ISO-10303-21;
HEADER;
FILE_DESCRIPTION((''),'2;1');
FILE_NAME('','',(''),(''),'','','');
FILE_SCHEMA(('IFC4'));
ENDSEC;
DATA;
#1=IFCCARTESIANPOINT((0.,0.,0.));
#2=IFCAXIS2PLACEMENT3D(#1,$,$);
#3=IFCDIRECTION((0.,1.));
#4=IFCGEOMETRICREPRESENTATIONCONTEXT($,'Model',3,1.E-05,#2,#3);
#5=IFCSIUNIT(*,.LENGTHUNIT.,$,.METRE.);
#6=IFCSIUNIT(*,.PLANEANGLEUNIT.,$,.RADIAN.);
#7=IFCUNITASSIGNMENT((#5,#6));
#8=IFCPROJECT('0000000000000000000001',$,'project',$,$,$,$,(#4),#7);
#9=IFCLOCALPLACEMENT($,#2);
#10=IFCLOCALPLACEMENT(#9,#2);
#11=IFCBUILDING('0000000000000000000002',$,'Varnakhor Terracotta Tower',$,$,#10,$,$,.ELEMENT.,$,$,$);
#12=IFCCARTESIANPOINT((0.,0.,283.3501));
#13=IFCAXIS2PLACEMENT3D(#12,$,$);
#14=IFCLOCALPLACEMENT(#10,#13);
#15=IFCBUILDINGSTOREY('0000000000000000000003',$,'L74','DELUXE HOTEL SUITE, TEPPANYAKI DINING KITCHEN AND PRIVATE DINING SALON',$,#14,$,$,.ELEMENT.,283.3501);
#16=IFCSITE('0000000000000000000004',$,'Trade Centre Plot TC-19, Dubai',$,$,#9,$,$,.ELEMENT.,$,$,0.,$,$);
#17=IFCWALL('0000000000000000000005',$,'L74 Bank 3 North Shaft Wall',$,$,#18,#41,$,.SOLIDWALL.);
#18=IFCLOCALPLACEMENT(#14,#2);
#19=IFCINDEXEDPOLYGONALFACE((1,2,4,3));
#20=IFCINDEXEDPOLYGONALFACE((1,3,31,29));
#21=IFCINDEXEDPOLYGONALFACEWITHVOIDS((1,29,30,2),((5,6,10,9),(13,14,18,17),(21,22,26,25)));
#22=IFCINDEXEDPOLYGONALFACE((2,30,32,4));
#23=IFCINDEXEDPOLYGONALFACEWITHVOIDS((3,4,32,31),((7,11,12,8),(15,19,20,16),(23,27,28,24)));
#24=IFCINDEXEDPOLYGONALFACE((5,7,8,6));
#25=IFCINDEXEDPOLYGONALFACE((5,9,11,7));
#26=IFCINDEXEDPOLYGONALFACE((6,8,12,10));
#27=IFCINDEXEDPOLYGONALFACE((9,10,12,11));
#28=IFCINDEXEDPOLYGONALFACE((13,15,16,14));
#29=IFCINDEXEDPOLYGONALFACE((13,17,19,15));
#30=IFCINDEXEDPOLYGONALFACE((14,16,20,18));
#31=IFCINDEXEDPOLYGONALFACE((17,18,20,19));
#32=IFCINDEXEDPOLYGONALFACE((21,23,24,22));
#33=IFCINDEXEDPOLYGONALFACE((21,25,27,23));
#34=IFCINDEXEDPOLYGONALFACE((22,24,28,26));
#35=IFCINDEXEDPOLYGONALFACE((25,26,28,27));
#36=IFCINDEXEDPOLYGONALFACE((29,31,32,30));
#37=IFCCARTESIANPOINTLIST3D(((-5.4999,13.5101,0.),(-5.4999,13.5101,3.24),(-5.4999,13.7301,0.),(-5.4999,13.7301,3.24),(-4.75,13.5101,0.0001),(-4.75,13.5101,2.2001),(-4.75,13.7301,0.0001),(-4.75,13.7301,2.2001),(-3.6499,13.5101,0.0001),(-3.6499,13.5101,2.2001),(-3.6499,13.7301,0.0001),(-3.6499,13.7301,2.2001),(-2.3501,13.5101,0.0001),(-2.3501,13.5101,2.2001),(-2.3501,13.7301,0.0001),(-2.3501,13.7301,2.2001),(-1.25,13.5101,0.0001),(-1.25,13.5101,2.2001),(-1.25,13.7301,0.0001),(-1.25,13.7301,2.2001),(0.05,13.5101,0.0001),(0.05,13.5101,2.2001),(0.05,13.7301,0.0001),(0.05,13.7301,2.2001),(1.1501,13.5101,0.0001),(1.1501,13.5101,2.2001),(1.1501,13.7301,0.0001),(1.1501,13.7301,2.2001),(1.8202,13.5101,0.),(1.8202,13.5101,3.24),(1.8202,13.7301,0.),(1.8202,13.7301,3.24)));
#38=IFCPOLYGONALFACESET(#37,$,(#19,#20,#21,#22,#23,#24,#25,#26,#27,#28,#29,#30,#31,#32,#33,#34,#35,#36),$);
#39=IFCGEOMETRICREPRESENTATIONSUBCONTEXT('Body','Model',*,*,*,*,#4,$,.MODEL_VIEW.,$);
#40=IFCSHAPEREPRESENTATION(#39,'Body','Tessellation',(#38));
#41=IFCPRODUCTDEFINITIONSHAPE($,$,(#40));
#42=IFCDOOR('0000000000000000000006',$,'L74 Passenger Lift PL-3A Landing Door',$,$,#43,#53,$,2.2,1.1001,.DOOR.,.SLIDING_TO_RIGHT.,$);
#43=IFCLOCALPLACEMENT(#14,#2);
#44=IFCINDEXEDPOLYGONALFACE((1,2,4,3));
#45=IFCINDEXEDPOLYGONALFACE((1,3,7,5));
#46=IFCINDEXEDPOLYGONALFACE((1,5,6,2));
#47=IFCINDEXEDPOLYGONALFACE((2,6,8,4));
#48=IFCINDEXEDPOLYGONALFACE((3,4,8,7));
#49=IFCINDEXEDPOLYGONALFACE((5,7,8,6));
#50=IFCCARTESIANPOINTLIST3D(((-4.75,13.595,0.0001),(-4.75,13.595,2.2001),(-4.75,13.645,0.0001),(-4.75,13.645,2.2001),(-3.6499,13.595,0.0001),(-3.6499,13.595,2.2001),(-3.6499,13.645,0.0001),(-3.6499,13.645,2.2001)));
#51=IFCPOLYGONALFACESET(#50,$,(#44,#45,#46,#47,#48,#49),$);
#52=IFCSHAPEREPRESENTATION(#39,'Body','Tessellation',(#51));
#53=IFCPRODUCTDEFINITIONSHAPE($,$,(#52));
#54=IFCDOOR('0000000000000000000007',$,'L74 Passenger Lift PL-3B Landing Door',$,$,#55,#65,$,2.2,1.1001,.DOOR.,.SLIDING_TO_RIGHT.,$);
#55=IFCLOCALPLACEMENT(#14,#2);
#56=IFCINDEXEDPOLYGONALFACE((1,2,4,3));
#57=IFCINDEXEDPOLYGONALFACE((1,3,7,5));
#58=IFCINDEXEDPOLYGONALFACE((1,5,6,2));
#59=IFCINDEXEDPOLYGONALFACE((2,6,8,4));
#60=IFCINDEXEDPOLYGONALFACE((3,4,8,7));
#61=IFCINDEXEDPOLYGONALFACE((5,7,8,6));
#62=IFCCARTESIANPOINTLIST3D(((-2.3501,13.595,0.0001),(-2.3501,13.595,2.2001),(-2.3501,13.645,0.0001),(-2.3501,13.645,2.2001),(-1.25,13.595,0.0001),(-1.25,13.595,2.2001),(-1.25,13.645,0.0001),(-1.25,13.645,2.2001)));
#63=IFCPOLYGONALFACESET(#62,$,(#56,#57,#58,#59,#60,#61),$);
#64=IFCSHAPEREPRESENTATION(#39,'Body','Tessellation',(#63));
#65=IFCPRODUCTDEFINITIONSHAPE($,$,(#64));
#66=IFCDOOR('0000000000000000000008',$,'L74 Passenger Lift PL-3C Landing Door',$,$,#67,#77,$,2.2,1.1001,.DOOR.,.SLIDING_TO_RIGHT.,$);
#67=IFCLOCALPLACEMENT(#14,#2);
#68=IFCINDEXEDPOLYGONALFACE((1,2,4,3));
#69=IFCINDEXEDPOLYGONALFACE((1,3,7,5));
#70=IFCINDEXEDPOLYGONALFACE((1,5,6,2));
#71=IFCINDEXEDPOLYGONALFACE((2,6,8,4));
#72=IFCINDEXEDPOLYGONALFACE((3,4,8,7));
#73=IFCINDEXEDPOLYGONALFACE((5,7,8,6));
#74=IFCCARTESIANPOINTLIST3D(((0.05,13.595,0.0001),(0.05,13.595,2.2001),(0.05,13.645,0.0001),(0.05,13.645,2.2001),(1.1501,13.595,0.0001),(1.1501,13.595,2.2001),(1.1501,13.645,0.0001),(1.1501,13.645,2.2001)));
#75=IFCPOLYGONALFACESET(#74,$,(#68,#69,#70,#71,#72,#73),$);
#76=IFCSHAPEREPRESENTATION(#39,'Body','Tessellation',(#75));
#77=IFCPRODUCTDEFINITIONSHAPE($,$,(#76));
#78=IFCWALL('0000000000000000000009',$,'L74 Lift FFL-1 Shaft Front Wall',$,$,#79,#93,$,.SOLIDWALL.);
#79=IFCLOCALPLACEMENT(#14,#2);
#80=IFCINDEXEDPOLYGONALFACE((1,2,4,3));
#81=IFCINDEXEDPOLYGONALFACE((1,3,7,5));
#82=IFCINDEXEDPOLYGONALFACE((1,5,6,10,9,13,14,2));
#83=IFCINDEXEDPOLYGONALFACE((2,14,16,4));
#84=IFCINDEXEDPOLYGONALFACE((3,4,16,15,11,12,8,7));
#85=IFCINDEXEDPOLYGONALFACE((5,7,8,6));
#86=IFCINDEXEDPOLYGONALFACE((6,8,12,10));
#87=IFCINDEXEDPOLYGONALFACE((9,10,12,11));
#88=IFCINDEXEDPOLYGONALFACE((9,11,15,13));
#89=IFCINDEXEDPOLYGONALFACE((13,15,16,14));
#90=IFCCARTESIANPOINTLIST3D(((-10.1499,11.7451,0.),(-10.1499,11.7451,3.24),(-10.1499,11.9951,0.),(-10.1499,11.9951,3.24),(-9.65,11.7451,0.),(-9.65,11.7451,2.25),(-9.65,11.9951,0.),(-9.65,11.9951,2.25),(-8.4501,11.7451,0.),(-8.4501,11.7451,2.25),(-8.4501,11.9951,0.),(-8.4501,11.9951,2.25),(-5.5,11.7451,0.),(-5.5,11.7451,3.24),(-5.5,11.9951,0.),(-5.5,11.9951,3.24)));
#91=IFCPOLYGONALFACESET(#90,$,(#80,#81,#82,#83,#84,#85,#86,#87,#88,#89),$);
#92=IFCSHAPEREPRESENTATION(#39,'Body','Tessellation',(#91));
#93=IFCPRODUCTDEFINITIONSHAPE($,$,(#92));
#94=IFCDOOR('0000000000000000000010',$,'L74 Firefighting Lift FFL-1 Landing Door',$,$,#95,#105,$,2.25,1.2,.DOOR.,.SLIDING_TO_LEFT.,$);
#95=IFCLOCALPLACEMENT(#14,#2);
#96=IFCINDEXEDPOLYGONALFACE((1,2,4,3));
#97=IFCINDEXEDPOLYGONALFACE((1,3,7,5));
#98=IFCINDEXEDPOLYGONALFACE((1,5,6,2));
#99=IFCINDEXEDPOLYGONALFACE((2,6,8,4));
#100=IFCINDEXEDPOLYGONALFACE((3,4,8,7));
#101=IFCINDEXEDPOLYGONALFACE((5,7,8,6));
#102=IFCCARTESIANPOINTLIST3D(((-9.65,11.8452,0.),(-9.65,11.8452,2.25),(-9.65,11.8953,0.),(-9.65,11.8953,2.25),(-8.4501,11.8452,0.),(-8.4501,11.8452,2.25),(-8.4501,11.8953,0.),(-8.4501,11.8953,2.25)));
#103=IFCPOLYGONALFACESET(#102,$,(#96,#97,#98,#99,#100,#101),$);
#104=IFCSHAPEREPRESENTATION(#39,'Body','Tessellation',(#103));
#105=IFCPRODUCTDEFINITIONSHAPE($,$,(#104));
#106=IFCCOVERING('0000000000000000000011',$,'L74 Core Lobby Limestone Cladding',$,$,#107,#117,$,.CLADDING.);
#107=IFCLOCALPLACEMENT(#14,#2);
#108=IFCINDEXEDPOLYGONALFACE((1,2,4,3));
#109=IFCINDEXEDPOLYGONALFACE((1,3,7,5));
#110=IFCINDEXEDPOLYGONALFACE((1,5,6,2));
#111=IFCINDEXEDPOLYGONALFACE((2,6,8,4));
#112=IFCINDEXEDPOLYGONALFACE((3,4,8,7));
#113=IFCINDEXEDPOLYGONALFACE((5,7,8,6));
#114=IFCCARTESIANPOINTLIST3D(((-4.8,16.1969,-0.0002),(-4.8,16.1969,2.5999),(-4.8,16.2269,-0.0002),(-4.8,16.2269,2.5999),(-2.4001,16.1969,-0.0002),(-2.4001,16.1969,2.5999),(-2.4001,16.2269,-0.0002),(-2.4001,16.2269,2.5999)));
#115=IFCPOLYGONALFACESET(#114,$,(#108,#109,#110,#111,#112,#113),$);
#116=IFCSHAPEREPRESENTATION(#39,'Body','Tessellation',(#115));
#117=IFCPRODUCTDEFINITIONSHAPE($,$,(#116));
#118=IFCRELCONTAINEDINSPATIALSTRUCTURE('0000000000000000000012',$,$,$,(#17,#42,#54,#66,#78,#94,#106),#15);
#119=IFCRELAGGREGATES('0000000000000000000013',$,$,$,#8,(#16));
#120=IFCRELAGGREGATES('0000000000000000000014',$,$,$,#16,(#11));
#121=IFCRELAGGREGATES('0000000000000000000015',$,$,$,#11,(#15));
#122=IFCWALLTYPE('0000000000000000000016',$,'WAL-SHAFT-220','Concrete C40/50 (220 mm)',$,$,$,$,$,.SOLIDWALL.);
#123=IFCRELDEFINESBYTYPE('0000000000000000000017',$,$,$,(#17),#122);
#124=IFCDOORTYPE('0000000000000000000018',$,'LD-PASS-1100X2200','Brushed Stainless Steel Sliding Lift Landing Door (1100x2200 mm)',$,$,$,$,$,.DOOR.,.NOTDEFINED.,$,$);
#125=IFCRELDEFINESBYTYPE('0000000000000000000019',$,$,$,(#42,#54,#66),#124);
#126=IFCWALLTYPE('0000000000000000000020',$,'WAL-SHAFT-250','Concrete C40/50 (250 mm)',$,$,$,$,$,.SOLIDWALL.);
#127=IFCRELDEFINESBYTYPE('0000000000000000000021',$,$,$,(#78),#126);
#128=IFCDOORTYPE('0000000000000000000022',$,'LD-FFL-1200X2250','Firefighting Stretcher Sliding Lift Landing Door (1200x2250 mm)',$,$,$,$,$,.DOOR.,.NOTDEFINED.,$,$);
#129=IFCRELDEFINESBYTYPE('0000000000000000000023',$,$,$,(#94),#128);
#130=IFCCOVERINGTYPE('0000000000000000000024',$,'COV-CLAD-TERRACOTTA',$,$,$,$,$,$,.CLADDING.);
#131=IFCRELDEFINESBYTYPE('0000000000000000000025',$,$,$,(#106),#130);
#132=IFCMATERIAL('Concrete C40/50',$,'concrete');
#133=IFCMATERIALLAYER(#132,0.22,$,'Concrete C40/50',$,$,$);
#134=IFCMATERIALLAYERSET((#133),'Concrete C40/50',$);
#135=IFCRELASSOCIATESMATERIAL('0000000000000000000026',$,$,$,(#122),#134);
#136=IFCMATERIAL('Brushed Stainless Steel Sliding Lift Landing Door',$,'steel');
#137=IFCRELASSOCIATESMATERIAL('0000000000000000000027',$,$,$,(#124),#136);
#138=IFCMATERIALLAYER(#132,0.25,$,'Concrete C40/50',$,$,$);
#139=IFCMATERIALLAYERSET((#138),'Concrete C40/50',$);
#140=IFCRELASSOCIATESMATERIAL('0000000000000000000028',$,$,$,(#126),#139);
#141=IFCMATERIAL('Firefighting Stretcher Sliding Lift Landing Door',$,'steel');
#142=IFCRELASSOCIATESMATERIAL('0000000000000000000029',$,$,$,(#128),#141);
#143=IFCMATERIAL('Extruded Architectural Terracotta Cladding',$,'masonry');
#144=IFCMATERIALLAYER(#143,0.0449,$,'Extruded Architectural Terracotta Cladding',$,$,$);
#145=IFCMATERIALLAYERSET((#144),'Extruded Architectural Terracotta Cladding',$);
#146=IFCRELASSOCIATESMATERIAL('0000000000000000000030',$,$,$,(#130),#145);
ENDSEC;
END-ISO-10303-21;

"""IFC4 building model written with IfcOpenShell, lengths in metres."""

from ifc_helpers import new_model, si_unit, direction, frame, frame_2d, origin, origin_2d, place, context, subcontext, project, spatial, rectangle, extrude, source, transform, mapped, material, layer, layer_set, type_object, type_shapes, element, fill, save


model = new_model("IFC4")

# Units and contexts
model_context = context("Model", 3, precision=1e-05, world=origin(), true_north=direction((0.0, 1.0)))
body_context = subcontext(model_context, "Body", "Model", "MODEL_VIEW")
ifc_project = project(units=[si_unit("LENGTHUNIT", "METRE"), si_unit("PLANEANGLEUNIT", "RADIAN")], contexts=[model_context])

# Site, building, storey
site_placement = place(None, origin())
site = spatial("IfcSite", under=ifc_project, at=site_placement, Name="Trade Centre Plot TC-19, Dubai", CompositionType="ELEMENT", RefElevation=0.0)
building_placement = place(site_placement, origin())
building = spatial("IfcBuilding", under=site, at=building_placement, Name="Varnakhor Terracotta Tower", CompositionType="ELEMENT")
storey_placement = place(building_placement, frame((0.0, 0.0, 283.3501)))
storey = spatial("IfcBuildingStorey", under=building, at=storey_placement, Name="L74", Description="DELUXE HOTEL SUITE, TEPPANYAKI DINING KITCHEN AND PRIVATE DINING SALON", CompositionType="ELEMENT", Elevation=283.3501)

# Shared definitions
ifc_material_1 = material(Name="Concrete C40/50", Category="concrete")
ifc_layer_1 = layer(ifc_material_1, 0.22, Name="Concrete C40/50")
ifc_layer_set_1 = layer_set([ifc_layer_1], Name="Concrete C40/50")
wall_type_1 = type_object("IfcWallType", Name="WAL-SHAFT-220", Description="Concrete C40/50 (220 mm)", PredefinedType="SOLIDWALL", material=ifc_layer_set_1)

# Wall, openings, doors
wall_1_placement = place(storey_placement, frame((-5.5, 13.6201, 0.0), z_axis=(0.0, 0.0, 1.0), x_axis=(1.0, 0.0, 0.0)))
wall_1 = element("IfcWall", 1, at=wall_1_placement, inside=storey, type_object=wall_type_1, Name="L74 Bank 3 North Shaft Wall", PredefinedType="SOLIDWALL", context=body_context, shape_type="SweptSolid", body=[
    extrude(rectangle(XDim=7.3201, YDim=0.22, at=frame_2d((3.6602, 0.0))), origin(), (0.0, 0.0, 1.0), 3.24),
])
opening_1_placement = place(wall_1_placement, frame((0.75, 0.0, 0.0)))
opening_1 = element("IfcOpeningElement", 2, at=opening_1_placement, cuts=wall_1, PredefinedType="OPENING", context=body_context, shape_type="SweptSolid", body=[
    extrude(rectangle(XDim=1.1001, YDim=2.2, at=frame_2d((0.55, 1.1001))), frame((0.0, 0.1201, 0.0), z_axis=(0.0, -1.0, 0.0), x_axis=(1.0, 0.0, 0.0)), (0.0, 0.0, 1.0), 0.24),
])
opening_2_placement = place(wall_1_placement, frame((3.1499, 0.0, 0.0)))
opening_2 = element("IfcOpeningElement", 3, at=opening_2_placement, cuts=wall_1, PredefinedType="OPENING", context=body_context, shape_type="SweptSolid", body=[
    extrude(rectangle(XDim=1.1001, YDim=2.2, at=frame_2d((0.55, 1.1001))), frame((0.0, 0.1201, 0.0), z_axis=(0.0, -1.0, 0.0), x_axis=(1.0, 0.0, 0.0)), (0.0, 0.0, 1.0), 0.24),
])
opening_3_placement = place(wall_1_placement, frame((5.55, 0.0, 0.0)))
opening_3 = element("IfcOpeningElement", 4, at=opening_3_placement, cuts=wall_1, PredefinedType="OPENING", context=body_context, shape_type="SweptSolid", body=[
    extrude(rectangle(XDim=1.1001, YDim=2.2, at=frame_2d((0.55, 1.1001))), frame((0.0, 0.1201, 0.0), z_axis=(0.0, -1.0, 0.0), x_axis=(1.0, 0.0, 0.0)), (0.0, 0.0, 1.0), 0.24),
])
ifc_material_2 = material(Name="Brushed Stainless Steel Sliding Lift Landing Door", Category="steel")
door_type_1 = type_object("IfcDoorType", Name="LD-PASS-1100X2200", Description="Brushed Stainless Steel Sliding Lift Landing Door (1100x2200 mm)", OperationType="NOTDEFINED", PredefinedType="DOOR", material=ifc_material_2)
shared_shape_1 = source(origin(), body_context, "Body", "SweptSolid", [
    extrude(rectangle(XDim=1.1001, YDim=2.2, at=frame_2d((0.55, 1.1001))), frame((0.0, 0.0249, 0.0), z_axis=(0.0, -1.0, 0.0), x_axis=(1.0, 0.0, 0.0)), (0.0, 0.0, 1.0), 0.05),
])
type_shapes(door_type_1, [shared_shape_1])
door_1_placement = place(opening_1_placement, origin())
door_1 = element("IfcDoor", 5, at=door_1_placement, inside=storey, type_object=door_type_1, Name="L74 Passenger Lift PL-3A Landing Door", OperationType="SLIDING_TO_RIGHT", OverallHeight=2.2, OverallWidth=1.1001, PredefinedType="DOOR", context=body_context, shape_type="MappedRepresentation", body=[
    mapped(shared_shape_1, transform((0.0, 0.0, 0.0), scale=1.0)),
])
fill(opening_1, door_1)
door_2_placement = place(opening_2_placement, origin())
door_2 = element("IfcDoor", 6, at=door_2_placement, inside=storey, type_object=door_type_1, Name="L74 Passenger Lift PL-3B Landing Door", OperationType="SLIDING_TO_RIGHT", OverallHeight=2.2, OverallWidth=1.1001, PredefinedType="DOOR", context=body_context, shape_type="MappedRepresentation", body=[
    mapped(shared_shape_1, transform((0.0, 0.0, 0.0), scale=1.0)),
])
fill(opening_2, door_2)
door_3_placement = place(opening_3_placement, origin())
door_3 = element("IfcDoor", 7, at=door_3_placement, inside=storey, type_object=door_type_1, Name="L74 Passenger Lift PL-3C Landing Door", OperationType="SLIDING_TO_RIGHT", OverallHeight=2.2, OverallWidth=1.1001, PredefinedType="DOOR", context=body_context, shape_type="MappedRepresentation", body=[
    mapped(shared_shape_1, transform((0.0, 0.0, 0.0), scale=1.0)),
])
fill(opening_3, door_3)

# Wall, opening, door
ifc_layer_2 = layer(ifc_material_1, 0.25, Name="Concrete C40/50")
ifc_layer_set_2 = layer_set([ifc_layer_2], Name="Concrete C40/50")
wall_type_2 = type_object("IfcWallType", Name="WAL-SHAFT-250", Description="Concrete C40/50 (250 mm)", PredefinedType="SOLIDWALL", material=ifc_layer_set_2)
wall_2_placement = place(storey_placement, frame((-5.5, 11.8701, 0.0), z_axis=(0.0, 0.0, 1.0), x_axis=(-1.0, 0.0, 0.0)))
wall_2 = element("IfcWall", 8, at=wall_2_placement, inside=storey, type_object=wall_type_2, Name="L74 Lift FFL-1 Shaft Front Wall", PredefinedType="SOLIDWALL", context=body_context, shape_type="SweptSolid", body=[
    extrude(rectangle(XDim=4.6499, YDim=0.25, at=frame_2d((2.325, 0.0))), origin(), (0.0, 0.0, 1.0), 3.24),
])
opening_4_placement = place(wall_2_placement, frame((2.95, 0.0, 0.0)))
opening_4 = element("IfcOpeningElement", 9, at=opening_4_placement, cuts=wall_2, PredefinedType="OPENING", context=body_context, shape_type="SweptSolid", body=[
    extrude(rectangle(XDim=1.2, YDim=2.25, at=frame_2d((0.6001, 1.125))), frame((0.0, 0.135, 0.0), z_axis=(0.0, -1.0, 0.0), x_axis=(1.0, 0.0, 0.0)), (0.0, 0.0, 1.0), 0.27),
])
ifc_material_3 = material(Name="Firefighting Stretcher Sliding Lift Landing Door", Category="steel")
door_type_2 = type_object("IfcDoorType", Name="LD-FFL-1200X2250", Description="Firefighting Stretcher Sliding Lift Landing Door (1200x2250 mm)", OperationType="NOTDEFINED", PredefinedType="DOOR", material=ifc_material_3)
shared_shape_2 = source(origin(), body_context, "Body", "SweptSolid", [
    extrude(rectangle(XDim=1.2, YDim=2.25, at=frame_2d((0.6001, 1.125))), frame((0.0, 0.0249, 0.0), z_axis=(0.0, -1.0, 0.0), x_axis=(1.0, 0.0, 0.0)), (0.0, 0.0, 1.0), 0.05),
])
type_shapes(door_type_2, [shared_shape_2])
door_4_placement = place(opening_4_placement, origin())
door_4 = element("IfcDoor", 10, at=door_4_placement, inside=storey, type_object=door_type_2, Name="L74 Firefighting Lift FFL-1 Landing Door", OperationType="SLIDING_TO_LEFT", OverallHeight=2.25, OverallWidth=1.2, PredefinedType="DOOR", context=body_context, shape_type="MappedRepresentation", body=[
    mapped(shared_shape_2, transform((0.0, 0.0, 0.0), scale=1.0)),
])
fill(opening_4, door_4)

# Covering
ifc_material_4 = material(Name="Extruded Architectural Terracotta Cladding", Category="masonry")
ifc_layer_3 = layer(ifc_material_4, 0.0449, Name="Extruded Architectural Terracotta Cladding")
ifc_layer_set_3 = layer_set([ifc_layer_3], Name="Extruded Architectural Terracotta Cladding")
covering_type = type_object("IfcCoveringType", Name="COV-CLAD-TERRACOTTA", PredefinedType="CLADDING", material=ifc_layer_set_3)
shared_shape_3 = source(origin(), body_context, "Body", "SweptSolid", [
    extrude(rectangle(XDim=2.3999, YDim=0.03, at=origin_2d()), origin(), (0.0, 0.0, 1.0), 2.6001),
])
type_shapes(covering_type, [shared_shape_3])
covering_placement = place(storey_placement, frame((-3.6001, 16.2119, -0.0002), z_axis=(0.0, 0.0, 1.0), x_axis=(1.0, 0.0, 0.0)))
element("IfcCovering", 11, at=covering_placement, inside=storey, type_object=covering_type, Name="L74 Core Lobby Limestone Cladding", PredefinedType="CLADDING", context=body_context, shape_type="MappedRepresentation", body=[
    mapped(shared_shape_3, transform((0.0, 0.0, 0.0), scale=1.0)),
])

save(model, "model.ifc")
